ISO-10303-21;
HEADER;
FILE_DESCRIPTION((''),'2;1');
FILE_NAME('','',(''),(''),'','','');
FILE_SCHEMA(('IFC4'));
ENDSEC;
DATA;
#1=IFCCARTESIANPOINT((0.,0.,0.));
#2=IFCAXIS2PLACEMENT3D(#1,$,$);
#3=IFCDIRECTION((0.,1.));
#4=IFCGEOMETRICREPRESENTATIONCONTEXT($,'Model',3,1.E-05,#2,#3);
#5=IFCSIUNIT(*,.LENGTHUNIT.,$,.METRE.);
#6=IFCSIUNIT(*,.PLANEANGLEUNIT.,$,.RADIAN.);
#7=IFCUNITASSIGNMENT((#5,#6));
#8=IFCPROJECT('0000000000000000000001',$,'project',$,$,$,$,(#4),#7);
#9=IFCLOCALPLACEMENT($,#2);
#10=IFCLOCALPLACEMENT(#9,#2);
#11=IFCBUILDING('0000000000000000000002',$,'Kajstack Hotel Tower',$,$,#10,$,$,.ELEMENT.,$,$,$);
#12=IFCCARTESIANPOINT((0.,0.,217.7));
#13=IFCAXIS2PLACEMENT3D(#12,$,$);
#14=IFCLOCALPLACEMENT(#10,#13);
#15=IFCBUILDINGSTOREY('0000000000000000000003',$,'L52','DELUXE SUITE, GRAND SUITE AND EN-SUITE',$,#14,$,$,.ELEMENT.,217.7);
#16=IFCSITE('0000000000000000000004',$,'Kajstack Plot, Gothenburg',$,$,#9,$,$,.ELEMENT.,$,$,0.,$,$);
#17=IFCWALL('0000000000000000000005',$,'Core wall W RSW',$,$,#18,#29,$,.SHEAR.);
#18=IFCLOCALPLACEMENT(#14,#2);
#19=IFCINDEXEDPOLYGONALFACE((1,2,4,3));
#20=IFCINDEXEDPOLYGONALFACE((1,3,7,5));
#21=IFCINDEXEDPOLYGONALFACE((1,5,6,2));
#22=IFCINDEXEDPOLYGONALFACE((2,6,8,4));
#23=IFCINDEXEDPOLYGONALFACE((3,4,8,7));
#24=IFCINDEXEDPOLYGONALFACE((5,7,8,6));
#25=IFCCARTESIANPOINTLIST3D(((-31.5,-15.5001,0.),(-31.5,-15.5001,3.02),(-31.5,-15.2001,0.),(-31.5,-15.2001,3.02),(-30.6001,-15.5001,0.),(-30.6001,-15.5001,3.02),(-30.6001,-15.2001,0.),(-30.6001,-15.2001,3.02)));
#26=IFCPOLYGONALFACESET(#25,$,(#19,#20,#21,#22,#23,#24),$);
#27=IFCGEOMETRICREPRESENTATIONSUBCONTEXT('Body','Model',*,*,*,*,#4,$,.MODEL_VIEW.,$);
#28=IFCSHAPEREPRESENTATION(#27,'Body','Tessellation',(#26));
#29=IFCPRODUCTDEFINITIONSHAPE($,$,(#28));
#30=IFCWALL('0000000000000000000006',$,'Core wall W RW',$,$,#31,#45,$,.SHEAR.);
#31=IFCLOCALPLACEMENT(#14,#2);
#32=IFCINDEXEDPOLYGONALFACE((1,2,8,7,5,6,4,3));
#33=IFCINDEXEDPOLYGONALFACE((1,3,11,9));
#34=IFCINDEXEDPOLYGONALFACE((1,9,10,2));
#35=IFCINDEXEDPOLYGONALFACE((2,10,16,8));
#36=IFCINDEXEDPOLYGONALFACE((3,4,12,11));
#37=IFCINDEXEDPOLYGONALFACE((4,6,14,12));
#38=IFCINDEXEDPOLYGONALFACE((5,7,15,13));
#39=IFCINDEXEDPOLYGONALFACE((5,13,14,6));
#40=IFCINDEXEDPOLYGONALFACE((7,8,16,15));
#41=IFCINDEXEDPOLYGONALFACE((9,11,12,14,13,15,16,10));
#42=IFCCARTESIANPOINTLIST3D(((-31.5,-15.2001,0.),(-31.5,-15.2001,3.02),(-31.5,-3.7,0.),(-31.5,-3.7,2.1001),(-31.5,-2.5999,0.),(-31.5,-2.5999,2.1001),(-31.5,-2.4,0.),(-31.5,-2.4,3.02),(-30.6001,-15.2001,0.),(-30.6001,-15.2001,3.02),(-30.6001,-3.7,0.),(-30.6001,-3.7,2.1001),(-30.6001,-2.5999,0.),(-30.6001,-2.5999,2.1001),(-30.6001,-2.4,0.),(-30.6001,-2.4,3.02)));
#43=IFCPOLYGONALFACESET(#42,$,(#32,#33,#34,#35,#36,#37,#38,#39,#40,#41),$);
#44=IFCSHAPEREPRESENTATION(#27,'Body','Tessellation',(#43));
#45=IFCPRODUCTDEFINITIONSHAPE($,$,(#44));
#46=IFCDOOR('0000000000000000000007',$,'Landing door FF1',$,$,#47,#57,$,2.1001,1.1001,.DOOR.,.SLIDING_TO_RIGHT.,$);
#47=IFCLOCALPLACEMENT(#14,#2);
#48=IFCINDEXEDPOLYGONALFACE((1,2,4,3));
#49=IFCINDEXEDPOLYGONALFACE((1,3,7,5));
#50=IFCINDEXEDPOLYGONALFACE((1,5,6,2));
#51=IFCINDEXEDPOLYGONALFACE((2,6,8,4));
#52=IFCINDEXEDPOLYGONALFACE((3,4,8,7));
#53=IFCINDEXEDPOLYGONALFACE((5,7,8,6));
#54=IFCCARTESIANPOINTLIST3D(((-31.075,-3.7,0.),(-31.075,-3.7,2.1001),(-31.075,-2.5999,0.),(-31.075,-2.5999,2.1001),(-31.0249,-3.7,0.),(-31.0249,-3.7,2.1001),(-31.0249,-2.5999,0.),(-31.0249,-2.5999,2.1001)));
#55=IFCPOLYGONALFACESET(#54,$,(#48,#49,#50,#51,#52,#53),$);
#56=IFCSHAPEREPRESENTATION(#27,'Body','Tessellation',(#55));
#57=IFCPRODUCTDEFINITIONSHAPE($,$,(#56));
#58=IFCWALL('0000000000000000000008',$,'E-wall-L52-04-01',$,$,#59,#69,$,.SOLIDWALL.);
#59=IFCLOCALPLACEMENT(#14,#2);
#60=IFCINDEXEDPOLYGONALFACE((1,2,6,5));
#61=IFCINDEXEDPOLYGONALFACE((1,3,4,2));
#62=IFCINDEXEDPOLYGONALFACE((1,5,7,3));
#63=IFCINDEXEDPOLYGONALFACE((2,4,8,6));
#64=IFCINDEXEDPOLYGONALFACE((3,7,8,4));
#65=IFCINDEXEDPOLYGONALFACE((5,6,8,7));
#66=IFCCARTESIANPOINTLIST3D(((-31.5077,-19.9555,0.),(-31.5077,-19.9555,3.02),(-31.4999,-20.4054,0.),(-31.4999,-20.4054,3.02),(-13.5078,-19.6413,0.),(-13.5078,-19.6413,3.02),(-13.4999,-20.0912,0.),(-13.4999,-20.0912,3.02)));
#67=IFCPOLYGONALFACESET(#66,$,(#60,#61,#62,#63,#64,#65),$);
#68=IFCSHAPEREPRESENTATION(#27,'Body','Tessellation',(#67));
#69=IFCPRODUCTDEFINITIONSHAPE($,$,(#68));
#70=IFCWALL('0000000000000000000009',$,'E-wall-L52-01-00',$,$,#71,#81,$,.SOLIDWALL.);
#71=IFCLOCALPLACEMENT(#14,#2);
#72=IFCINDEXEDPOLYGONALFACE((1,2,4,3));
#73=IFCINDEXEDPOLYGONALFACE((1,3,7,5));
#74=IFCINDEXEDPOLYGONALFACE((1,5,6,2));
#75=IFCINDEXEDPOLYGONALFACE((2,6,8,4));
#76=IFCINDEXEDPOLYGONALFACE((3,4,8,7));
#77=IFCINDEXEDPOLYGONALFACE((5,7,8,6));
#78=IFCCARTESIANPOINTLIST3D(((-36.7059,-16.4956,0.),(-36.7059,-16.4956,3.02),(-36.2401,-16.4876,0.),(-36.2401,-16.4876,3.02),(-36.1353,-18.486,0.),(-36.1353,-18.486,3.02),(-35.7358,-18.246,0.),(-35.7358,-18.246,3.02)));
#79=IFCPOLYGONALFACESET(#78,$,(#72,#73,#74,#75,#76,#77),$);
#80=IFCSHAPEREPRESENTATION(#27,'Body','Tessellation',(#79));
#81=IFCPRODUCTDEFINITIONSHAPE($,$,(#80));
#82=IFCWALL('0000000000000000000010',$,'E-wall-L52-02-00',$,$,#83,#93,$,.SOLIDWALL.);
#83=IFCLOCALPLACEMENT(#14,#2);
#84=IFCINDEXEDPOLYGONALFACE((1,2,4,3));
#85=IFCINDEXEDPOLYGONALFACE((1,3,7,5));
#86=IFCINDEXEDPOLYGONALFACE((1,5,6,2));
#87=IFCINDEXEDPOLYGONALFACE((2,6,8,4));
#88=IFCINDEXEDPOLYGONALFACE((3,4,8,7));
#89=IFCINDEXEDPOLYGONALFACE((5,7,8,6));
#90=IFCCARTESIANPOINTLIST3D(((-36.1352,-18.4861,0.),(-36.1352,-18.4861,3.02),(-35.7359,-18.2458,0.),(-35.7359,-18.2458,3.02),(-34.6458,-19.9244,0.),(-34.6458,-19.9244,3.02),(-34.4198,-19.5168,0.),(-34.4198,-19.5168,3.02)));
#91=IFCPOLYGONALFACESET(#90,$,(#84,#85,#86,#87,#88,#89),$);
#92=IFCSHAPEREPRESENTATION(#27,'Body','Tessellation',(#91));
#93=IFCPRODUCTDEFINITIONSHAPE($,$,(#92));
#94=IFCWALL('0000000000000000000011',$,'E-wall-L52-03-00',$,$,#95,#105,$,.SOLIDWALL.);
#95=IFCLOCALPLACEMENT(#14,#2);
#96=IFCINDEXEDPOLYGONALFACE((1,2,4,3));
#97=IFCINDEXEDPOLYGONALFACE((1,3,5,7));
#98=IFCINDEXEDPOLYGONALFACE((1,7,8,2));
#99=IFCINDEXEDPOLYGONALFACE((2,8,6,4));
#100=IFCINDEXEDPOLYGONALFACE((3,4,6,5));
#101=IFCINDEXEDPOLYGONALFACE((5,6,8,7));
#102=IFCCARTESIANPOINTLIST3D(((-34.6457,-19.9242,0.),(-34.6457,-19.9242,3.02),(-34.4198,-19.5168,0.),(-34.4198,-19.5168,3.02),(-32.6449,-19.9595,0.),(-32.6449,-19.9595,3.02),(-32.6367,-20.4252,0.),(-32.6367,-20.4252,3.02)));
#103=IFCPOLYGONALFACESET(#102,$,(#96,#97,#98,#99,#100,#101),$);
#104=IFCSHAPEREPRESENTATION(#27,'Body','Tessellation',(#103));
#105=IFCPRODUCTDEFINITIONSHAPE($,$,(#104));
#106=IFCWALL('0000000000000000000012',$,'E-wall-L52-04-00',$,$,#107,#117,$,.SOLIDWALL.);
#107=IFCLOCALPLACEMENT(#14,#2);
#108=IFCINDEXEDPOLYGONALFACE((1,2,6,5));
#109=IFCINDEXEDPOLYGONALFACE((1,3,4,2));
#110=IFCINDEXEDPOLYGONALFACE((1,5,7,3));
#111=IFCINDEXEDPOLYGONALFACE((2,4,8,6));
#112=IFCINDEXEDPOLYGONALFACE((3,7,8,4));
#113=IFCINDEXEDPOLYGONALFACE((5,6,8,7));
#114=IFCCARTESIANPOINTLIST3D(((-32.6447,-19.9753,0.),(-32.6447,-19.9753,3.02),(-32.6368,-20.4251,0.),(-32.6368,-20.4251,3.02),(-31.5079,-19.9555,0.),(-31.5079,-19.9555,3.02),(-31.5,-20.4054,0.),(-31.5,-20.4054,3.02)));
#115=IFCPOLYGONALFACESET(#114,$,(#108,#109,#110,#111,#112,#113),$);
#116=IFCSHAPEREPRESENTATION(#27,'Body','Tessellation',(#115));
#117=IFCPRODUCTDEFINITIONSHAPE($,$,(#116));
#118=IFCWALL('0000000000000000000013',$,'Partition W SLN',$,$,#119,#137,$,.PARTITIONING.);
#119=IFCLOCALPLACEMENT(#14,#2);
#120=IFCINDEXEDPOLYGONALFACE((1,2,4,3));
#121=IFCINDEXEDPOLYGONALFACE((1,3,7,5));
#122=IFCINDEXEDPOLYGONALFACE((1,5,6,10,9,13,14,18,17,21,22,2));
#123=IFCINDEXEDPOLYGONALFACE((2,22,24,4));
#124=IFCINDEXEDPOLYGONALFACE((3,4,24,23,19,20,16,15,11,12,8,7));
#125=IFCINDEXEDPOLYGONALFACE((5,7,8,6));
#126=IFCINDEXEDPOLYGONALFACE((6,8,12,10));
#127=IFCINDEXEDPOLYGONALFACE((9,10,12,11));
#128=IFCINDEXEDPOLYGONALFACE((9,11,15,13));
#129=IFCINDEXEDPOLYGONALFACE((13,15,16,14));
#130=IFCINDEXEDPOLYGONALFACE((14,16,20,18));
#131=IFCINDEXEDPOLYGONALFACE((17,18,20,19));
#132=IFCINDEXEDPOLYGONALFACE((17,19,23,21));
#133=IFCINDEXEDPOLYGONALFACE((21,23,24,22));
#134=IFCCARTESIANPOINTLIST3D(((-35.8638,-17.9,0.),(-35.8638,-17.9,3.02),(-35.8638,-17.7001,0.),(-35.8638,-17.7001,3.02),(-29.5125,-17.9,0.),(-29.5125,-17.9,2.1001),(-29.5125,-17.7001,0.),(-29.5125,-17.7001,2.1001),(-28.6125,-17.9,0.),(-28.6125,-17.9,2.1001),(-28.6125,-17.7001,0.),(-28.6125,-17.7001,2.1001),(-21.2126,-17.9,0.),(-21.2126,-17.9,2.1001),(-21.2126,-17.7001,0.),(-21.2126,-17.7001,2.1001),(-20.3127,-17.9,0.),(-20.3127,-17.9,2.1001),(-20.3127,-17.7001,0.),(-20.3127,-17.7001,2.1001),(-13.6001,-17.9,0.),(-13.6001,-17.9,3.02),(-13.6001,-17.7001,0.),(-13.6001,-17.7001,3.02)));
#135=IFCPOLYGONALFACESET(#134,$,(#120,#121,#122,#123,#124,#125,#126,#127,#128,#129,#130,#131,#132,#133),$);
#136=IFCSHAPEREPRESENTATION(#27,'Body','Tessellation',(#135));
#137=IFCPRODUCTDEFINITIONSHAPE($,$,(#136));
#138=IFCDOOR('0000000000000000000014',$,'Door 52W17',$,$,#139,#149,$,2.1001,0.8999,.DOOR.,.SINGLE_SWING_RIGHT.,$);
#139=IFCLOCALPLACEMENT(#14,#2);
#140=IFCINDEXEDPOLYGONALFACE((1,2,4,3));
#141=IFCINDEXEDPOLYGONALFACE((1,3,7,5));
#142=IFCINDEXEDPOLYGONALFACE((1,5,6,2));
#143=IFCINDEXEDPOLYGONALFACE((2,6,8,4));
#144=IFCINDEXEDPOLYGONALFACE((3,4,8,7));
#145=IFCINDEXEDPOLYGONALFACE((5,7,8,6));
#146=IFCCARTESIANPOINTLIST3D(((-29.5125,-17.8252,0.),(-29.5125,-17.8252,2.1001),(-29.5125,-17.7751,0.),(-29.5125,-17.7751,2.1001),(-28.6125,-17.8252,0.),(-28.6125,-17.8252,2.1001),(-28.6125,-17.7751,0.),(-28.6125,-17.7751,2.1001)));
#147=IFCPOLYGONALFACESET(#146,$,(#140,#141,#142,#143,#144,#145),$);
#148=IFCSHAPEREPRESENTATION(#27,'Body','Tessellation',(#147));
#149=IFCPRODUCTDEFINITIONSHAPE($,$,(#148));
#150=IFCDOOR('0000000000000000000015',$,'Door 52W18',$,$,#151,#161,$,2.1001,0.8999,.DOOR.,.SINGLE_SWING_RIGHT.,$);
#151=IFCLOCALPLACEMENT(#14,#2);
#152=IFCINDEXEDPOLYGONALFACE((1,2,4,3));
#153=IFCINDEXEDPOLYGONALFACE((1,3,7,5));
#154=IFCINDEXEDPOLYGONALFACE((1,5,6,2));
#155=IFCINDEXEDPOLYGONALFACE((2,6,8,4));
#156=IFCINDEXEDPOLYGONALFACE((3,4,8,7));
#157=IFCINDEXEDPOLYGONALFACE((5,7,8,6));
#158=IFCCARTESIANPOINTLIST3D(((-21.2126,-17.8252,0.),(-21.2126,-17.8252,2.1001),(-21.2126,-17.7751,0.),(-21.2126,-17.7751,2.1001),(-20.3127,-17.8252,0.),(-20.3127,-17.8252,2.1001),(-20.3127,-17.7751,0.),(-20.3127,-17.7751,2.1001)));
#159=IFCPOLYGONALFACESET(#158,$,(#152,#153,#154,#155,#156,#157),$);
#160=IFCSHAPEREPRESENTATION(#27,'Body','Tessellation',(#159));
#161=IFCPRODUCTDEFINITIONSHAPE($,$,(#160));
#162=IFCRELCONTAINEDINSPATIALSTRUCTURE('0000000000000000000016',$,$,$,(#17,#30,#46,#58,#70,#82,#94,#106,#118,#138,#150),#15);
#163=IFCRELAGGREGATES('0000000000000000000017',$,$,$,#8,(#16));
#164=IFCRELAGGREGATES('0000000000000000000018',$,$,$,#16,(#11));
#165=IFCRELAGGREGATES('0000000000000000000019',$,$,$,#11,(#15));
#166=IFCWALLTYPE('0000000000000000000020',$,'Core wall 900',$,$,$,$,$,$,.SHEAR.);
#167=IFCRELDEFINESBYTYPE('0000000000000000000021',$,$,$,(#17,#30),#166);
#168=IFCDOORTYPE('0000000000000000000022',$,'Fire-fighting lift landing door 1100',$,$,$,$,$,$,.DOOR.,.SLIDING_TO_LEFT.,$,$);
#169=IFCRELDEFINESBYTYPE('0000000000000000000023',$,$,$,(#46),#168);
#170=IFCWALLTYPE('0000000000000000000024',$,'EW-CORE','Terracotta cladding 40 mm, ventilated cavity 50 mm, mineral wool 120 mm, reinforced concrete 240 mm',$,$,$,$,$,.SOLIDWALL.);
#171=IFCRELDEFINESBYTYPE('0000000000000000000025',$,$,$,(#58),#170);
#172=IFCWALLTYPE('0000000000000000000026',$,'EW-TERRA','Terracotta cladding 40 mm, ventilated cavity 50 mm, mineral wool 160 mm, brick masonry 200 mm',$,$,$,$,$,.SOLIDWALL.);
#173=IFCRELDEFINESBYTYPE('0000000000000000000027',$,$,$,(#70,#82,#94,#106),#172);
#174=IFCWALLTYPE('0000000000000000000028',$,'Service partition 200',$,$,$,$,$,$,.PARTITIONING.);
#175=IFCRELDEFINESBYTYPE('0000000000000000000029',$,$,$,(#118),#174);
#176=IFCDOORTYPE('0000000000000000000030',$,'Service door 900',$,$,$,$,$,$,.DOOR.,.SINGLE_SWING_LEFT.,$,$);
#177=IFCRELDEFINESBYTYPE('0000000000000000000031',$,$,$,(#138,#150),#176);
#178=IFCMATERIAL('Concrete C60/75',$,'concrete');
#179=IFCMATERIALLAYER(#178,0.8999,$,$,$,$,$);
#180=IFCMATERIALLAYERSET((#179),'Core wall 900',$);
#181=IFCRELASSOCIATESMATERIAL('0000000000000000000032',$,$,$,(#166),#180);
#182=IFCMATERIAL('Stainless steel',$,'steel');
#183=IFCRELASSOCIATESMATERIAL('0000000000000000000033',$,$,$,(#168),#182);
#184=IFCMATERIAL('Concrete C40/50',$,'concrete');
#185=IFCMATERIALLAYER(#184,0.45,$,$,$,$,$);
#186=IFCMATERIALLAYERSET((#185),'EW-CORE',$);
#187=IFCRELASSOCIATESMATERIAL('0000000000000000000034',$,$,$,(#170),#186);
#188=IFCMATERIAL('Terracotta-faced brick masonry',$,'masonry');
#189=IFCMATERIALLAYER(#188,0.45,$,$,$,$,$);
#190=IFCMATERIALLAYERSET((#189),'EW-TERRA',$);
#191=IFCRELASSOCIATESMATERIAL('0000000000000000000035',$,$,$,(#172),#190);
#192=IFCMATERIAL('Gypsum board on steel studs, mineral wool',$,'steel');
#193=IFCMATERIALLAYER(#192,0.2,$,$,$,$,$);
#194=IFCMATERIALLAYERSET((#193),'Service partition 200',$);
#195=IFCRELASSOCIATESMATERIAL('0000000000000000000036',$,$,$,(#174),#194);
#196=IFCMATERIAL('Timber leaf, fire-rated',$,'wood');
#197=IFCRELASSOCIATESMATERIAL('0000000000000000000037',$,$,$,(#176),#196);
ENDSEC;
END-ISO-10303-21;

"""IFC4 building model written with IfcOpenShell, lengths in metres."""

from ifc_helpers import new_model, si_unit, direction, frame, frame_2d, origin, place, context, subcontext, project, spatial, polyline, rectangle, outline, extrude, material, layer, layer_set, type_object, element, fill, save


model = new_model("IFC4")

# Units and contexts
model_context = context("Model", 3, precision=1e-05, world=origin(), true_north=direction((0.0, 1.0)))
body_context = subcontext(model_context, "Body", "Model", "MODEL_VIEW")
ifc_project = project(units=[si_unit("LENGTHUNIT", "METRE"), si_unit("PLANEANGLEUNIT", "RADIAN")], contexts=[model_context])

# Site, building, storey
site_placement = place(None, origin())
site = spatial("IfcSite", under=ifc_project, at=site_placement, Name="Kajstack Plot, Gothenburg", CompositionType="ELEMENT", RefElevation=0.0)
building_placement = place(site_placement, origin())
building = spatial("IfcBuilding", under=site, at=building_placement, Name="Kajstack Hotel Tower", CompositionType="ELEMENT")
storey_placement = place(building_placement, frame((0.0, 0.0, 217.7)))
storey = spatial("IfcBuildingStorey", under=building, at=storey_placement, Name="L52", Description="DELUXE SUITE, GRAND SUITE AND EN-SUITE", CompositionType="ELEMENT", Elevation=217.7)

# Wall
ifc_material_1 = material(Name="Concrete C60/75", Category="concrete")
ifc_layer_1 = layer(ifc_material_1, 0.8999)
ifc_layer_set_1 = layer_set([ifc_layer_1], Name="Core wall 900")
wall_type_1 = type_object("IfcWallType", Name="Core wall 900", PredefinedType="SHEAR", material=ifc_layer_set_1)
wall_1_placement = place(storey_placement, frame((-31.5, -15.3501, 0.0), z_axis=(0.0, 0.0, 1.0), x_axis=(1.0, 0.0, 0.0)))
element("IfcWall", 1, at=wall_1_placement, inside=storey, type_object=wall_type_1, Name="Core wall W RSW", PredefinedType="SHEAR", context=body_context, shape_type="SweptSolid", body=[
    extrude(rectangle(XDim=0.8999, YDim=0.3, at=frame_2d((0.45, 0.0))), origin(), (0.0, 0.0, 1.0), 3.02),
])

# Wall, opening, door
wall_2_placement = place(storey_placement, frame((-31.05, -15.2, 0.0), z_axis=(0.0, 0.0, 1.0), x_axis=(0.0, 1.0, 0.0)))
wall_2 = element("IfcWall", 2, at=wall_2_placement, inside=storey, type_object=wall_type_1, Name="Core wall W RW", PredefinedType="SHEAR", context=body_context, shape_type="SweptSolid", body=[
    extrude(rectangle(XDim=12.8, YDim=0.8999, at=frame_2d((6.3999, 0.0))), origin(), (0.0, 0.0, 1.0), 3.02),
])
opening_1_placement = place(wall_2_placement, frame((11.5, 0.0, 0.0)))
opening_1 = element("IfcOpeningElement", 3, at=opening_1_placement, cuts=wall_2, PredefinedType="OPENING", context=body_context, shape_type="SweptSolid", body=[
    extrude(rectangle(XDim=1.1001, YDim=2.1001, at=frame_2d((0.55, 1.05))), frame((0.0, 0.46, 0.0), z_axis=(0.0, -1.0, 0.0), x_axis=(1.0, 0.0, 0.0)), (0.0, 0.0, 1.0), 0.9199),
])
ifc_material_2 = material(Name="Stainless steel", Category="steel")
door_type_1 = type_object("IfcDoorType", Name="Fire-fighting lift landing door 1100", OperationType="SLIDING_TO_LEFT", PredefinedType="DOOR", material=ifc_material_2)
door_1_placement = place(opening_1_placement, origin())
door_1 = element("IfcDoor", 4, at=door_1_placement, inside=storey, type_object=door_type_1, Name="Landing door FF1", OperationType="SLIDING_TO_RIGHT", OverallHeight=2.1001, OverallWidth=1.1001, PredefinedType="DOOR", context=body_context, shape_type="SweptSolid", body=[
    extrude(rectangle(XDim=1.1001, YDim=2.1001, at=frame_2d((0.55, 1.05))), frame((0.0, 0.0249, 0.0), z_axis=(0.0, -1.0, 0.0), x_axis=(1.0, 0.0, 0.0)), (0.0, 0.0, 1.0), 0.05),
])
fill(opening_1, door_1)

# Walls
ifc_material_3 = material(Name="Concrete C40/50", Category="concrete")
ifc_layer_2 = layer(ifc_material_3, 0.45)
ifc_layer_set_2 = layer_set([ifc_layer_2], Name="EW-CORE")
wall_type_2 = type_object("IfcWallType", Name="EW-CORE", Description="Terracotta cladding 40 mm, ventilated cavity 50 mm, mineral wool 120 mm, reinforced concrete 240 mm", PredefinedType="SOLIDWALL", material=ifc_layer_set_2)
wall_3_placement = place(storey_placement, frame((-31.5039, -20.1804, 0.0), z_axis=(0.0, 0.0, 1.0), x_axis=(0.999848, 0.017453, 0.0)))
element("IfcWall", 5, at=wall_3_placement, inside=storey, type_object=wall_type_2, Name="E-wall-L52-04-01", PredefinedType="SOLIDWALL", context=body_context, shape_type="SweptSolid", body=[
    extrude(rectangle(XDim=18.0027, YDim=0.45, at=frame_2d((9.0015, 0.0))), origin(), (0.0, 0.0, 1.0), 3.02),
])
ifc_material_4 = material(Name="Terracotta-faced brick masonry", Category="masonry")
ifc_layer_3 = layer(ifc_material_4, 0.45)
ifc_layer_set_3 = layer_set([ifc_layer_3], Name="EW-TERRA")
wall_type_3 = type_object("IfcWallType", Name="EW-TERRA", Description="Terracotta cladding 40 mm, ventilated cavity 50 mm, mineral wool 160 mm, brick masonry 200 mm", PredefinedType="SOLIDWALL", material=ifc_layer_set_3)
wall_4_placement = place(storey_placement, frame((-36.4895, -16.4336, 0.0), z_axis=(0.0, 0.0, 1.0), x_axis=(0.275578, -0.961279, 0.0)))
element("IfcWall", 6, at=wall_4_placement, inside=storey, type_object=wall_type_3, Name="E-wall-L52-01-00", PredefinedType="SOLIDWALL", context=body_context, shape_type="SweptSolid", body=[
    extrude(outline(polyline([(0.0, -0.2251), (2.0706, -0.2251), (1.95, 0.2251), (0.1206, 0.2249), (0.0, -0.2251)])), origin(), (0.0, 0.0, 1.0), 3.02),
])
wall_5_placement = place(storey_placement, frame((-35.979, -18.324, 0.0), z_axis=(0.0, 0.0, 1.0), x_axis=(0.71932, -0.694679, 0.0)))
element("IfcWall", 7, at=wall_5_placement, inside=storey, type_object=wall_type_3, Name="E-wall-L52-02-00", PredefinedType="SOLIDWALL", context=body_context, shape_type="SweptSolid", body=[
    extrude(outline(polyline([(0.0002, -0.2251), (2.0708, -0.2251), (1.9502, 0.2251), (0.1206, 0.2251), (0.0002, -0.2251)])), origin(), (0.0, 0.0, 1.0), 3.02),
])
wall_6_placement = place(storey_placement, frame((-34.5913, -19.7061, 0.0), z_axis=(0.0, 0.0, 1.0), x_axis=(0.970316, -0.241842, 0.0)))
element("IfcWall", 8, at=wall_6_placement, inside=storey, type_object=wall_type_3, Name="E-wall-L52-03-00", PredefinedType="SOLIDWALL", context=body_context, shape_type="SweptSolid", body=[
    extrude(outline(polyline([(0.0, -0.2249), (2.0706, -0.2251), (1.95, 0.2249), (0.1206, 0.2251), (0.0, -0.2249)])), origin(), (0.0, 0.0, 1.0), 3.02),
])
wall_7_placement = place(storey_placement, frame((-32.6406, -20.2002, 0.0), z_axis=(0.0, 0.0, 1.0), x_axis=(0.999849, 0.017394, 0.0)))
element("IfcWall", 9, at=wall_7_placement, inside=storey, type_object=wall_type_3, Name="E-wall-L52-04-00", PredefinedType="SOLIDWALL", context=body_context, shape_type="SweptSolid", body=[
    extrude(rectangle(XDim=1.137, YDim=0.45, at=frame_2d((0.5684, 0.0))), origin(), (0.0, 0.0, 1.0), 3.02),
])

# Wall, openings, doors
ifc_material_5 = material(Name="Gypsum board on steel studs, mineral wool", Category="steel")
ifc_layer_4 = layer(ifc_material_5, 0.2)
ifc_layer_set_4 = layer_set([ifc_layer_4], Name="Service partition 200")
wall_type_4 = type_object("IfcWallType", Name="Service partition 200", PredefinedType="PARTITIONING", material=ifc_layer_set_4)
wall_8_placement = place(storey_placement, frame((-35.8638, -17.8, 0.0), z_axis=(0.0, 0.0, 1.0), x_axis=(1.0, 0.0, 0.0)))
wall_8 = element("IfcWall", 10, at=wall_8_placement, inside=storey, type_object=wall_type_4, Name="Partition W SLN", PredefinedType="PARTITIONING", context=body_context, shape_type="SweptSolid", body=[
    extrude(rectangle(XDim=22.2637, YDim=0.2, at=frame_2d((11.1318, 0.0))), origin(), (0.0, 0.0, 1.0), 3.02),
])
opening_2_placement = place(wall_8_placement, frame((6.3513, 0.0, 0.0)))
opening_2 = element("IfcOpeningElement", 11, at=opening_2_placement, cuts=wall_8, PredefinedType="OPENING", context=body_context, shape_type="SweptSolid", body=[
    extrude(rectangle(XDim=0.8999, YDim=2.1001, at=frame_2d((0.45, 1.05))), frame((0.0, 0.1099, 0.0), z_axis=(0.0, -1.0, 0.0), x_axis=(1.0, 0.0, 0.0)), (0.0, 0.0, 1.0), 0.22),
])
opening_3_placement = place(wall_8_placement, frame((14.6511, 0.0, 0.0)))
opening_3 = element("IfcOpeningElement", 12, at=opening_3_placement, cuts=wall_8, PredefinedType="OPENING", context=body_context, shape_type="SweptSolid", body=[
    extrude(rectangle(XDim=0.8999, YDim=2.1001, at=frame_2d((0.45, 1.05))), frame((0.0, 0.1099, 0.0), z_axis=(0.0, -1.0, 0.0), x_axis=(1.0, 0.0, 0.0)), (0.0, 0.0, 1.0), 0.22),
])
ifc_material_6 = material(Name="Timber leaf, fire-rated", Category="wood")
door_type_2 = type_object("IfcDoorType", Name="Service door 900", OperationType="SINGLE_SWING_LEFT", PredefinedType="DOOR", material=ifc_material_6)
door_2_placement = place(opening_2_placement, origin())
door_2 = element("IfcDoor", 13, at=door_2_placement, inside=storey, type_object=door_type_2, Name="Door 52W17", OperationType="SINGLE_SWING_RIGHT", OverallHeight=2.1001, OverallWidth=0.8999, PredefinedType="DOOR", context=body_context, shape_type="SweptSolid", body=[
    extrude(rectangle(XDim=0.8999, YDim=2.1001, at=frame_2d((0.45, 1.05))), frame((0.0, 0.0249, 0.0), z_axis=(0.0, -1.0, 0.0), x_axis=(1.0, 0.0, 0.0)), (0.0, 0.0, 1.0), 0.05),
])
fill(opening_2, door_2)
door_3_placement = place(opening_3_placement, origin())
door_3 = element("IfcDoor", 14, at=door_3_placement, inside=storey, type_object=door_type_2, Name="Door 52W18", OperationType="SINGLE_SWING_RIGHT", OverallHeight=2.1001, OverallWidth=0.8999, PredefinedType="DOOR", context=body_context, shape_type="SweptSolid", body=[
    extrude(rectangle(XDim=0.8999, YDim=2.1001, at=frame_2d((0.45, 1.05))), frame((0.0, 0.0249, 0.0), z_axis=(0.0, -1.0, 0.0), x_axis=(1.0, 0.0, 0.0)), (0.0, 0.0, 1.0), 0.05),
])
fill(opening_3, door_3)

save(model, "model.ifc")
